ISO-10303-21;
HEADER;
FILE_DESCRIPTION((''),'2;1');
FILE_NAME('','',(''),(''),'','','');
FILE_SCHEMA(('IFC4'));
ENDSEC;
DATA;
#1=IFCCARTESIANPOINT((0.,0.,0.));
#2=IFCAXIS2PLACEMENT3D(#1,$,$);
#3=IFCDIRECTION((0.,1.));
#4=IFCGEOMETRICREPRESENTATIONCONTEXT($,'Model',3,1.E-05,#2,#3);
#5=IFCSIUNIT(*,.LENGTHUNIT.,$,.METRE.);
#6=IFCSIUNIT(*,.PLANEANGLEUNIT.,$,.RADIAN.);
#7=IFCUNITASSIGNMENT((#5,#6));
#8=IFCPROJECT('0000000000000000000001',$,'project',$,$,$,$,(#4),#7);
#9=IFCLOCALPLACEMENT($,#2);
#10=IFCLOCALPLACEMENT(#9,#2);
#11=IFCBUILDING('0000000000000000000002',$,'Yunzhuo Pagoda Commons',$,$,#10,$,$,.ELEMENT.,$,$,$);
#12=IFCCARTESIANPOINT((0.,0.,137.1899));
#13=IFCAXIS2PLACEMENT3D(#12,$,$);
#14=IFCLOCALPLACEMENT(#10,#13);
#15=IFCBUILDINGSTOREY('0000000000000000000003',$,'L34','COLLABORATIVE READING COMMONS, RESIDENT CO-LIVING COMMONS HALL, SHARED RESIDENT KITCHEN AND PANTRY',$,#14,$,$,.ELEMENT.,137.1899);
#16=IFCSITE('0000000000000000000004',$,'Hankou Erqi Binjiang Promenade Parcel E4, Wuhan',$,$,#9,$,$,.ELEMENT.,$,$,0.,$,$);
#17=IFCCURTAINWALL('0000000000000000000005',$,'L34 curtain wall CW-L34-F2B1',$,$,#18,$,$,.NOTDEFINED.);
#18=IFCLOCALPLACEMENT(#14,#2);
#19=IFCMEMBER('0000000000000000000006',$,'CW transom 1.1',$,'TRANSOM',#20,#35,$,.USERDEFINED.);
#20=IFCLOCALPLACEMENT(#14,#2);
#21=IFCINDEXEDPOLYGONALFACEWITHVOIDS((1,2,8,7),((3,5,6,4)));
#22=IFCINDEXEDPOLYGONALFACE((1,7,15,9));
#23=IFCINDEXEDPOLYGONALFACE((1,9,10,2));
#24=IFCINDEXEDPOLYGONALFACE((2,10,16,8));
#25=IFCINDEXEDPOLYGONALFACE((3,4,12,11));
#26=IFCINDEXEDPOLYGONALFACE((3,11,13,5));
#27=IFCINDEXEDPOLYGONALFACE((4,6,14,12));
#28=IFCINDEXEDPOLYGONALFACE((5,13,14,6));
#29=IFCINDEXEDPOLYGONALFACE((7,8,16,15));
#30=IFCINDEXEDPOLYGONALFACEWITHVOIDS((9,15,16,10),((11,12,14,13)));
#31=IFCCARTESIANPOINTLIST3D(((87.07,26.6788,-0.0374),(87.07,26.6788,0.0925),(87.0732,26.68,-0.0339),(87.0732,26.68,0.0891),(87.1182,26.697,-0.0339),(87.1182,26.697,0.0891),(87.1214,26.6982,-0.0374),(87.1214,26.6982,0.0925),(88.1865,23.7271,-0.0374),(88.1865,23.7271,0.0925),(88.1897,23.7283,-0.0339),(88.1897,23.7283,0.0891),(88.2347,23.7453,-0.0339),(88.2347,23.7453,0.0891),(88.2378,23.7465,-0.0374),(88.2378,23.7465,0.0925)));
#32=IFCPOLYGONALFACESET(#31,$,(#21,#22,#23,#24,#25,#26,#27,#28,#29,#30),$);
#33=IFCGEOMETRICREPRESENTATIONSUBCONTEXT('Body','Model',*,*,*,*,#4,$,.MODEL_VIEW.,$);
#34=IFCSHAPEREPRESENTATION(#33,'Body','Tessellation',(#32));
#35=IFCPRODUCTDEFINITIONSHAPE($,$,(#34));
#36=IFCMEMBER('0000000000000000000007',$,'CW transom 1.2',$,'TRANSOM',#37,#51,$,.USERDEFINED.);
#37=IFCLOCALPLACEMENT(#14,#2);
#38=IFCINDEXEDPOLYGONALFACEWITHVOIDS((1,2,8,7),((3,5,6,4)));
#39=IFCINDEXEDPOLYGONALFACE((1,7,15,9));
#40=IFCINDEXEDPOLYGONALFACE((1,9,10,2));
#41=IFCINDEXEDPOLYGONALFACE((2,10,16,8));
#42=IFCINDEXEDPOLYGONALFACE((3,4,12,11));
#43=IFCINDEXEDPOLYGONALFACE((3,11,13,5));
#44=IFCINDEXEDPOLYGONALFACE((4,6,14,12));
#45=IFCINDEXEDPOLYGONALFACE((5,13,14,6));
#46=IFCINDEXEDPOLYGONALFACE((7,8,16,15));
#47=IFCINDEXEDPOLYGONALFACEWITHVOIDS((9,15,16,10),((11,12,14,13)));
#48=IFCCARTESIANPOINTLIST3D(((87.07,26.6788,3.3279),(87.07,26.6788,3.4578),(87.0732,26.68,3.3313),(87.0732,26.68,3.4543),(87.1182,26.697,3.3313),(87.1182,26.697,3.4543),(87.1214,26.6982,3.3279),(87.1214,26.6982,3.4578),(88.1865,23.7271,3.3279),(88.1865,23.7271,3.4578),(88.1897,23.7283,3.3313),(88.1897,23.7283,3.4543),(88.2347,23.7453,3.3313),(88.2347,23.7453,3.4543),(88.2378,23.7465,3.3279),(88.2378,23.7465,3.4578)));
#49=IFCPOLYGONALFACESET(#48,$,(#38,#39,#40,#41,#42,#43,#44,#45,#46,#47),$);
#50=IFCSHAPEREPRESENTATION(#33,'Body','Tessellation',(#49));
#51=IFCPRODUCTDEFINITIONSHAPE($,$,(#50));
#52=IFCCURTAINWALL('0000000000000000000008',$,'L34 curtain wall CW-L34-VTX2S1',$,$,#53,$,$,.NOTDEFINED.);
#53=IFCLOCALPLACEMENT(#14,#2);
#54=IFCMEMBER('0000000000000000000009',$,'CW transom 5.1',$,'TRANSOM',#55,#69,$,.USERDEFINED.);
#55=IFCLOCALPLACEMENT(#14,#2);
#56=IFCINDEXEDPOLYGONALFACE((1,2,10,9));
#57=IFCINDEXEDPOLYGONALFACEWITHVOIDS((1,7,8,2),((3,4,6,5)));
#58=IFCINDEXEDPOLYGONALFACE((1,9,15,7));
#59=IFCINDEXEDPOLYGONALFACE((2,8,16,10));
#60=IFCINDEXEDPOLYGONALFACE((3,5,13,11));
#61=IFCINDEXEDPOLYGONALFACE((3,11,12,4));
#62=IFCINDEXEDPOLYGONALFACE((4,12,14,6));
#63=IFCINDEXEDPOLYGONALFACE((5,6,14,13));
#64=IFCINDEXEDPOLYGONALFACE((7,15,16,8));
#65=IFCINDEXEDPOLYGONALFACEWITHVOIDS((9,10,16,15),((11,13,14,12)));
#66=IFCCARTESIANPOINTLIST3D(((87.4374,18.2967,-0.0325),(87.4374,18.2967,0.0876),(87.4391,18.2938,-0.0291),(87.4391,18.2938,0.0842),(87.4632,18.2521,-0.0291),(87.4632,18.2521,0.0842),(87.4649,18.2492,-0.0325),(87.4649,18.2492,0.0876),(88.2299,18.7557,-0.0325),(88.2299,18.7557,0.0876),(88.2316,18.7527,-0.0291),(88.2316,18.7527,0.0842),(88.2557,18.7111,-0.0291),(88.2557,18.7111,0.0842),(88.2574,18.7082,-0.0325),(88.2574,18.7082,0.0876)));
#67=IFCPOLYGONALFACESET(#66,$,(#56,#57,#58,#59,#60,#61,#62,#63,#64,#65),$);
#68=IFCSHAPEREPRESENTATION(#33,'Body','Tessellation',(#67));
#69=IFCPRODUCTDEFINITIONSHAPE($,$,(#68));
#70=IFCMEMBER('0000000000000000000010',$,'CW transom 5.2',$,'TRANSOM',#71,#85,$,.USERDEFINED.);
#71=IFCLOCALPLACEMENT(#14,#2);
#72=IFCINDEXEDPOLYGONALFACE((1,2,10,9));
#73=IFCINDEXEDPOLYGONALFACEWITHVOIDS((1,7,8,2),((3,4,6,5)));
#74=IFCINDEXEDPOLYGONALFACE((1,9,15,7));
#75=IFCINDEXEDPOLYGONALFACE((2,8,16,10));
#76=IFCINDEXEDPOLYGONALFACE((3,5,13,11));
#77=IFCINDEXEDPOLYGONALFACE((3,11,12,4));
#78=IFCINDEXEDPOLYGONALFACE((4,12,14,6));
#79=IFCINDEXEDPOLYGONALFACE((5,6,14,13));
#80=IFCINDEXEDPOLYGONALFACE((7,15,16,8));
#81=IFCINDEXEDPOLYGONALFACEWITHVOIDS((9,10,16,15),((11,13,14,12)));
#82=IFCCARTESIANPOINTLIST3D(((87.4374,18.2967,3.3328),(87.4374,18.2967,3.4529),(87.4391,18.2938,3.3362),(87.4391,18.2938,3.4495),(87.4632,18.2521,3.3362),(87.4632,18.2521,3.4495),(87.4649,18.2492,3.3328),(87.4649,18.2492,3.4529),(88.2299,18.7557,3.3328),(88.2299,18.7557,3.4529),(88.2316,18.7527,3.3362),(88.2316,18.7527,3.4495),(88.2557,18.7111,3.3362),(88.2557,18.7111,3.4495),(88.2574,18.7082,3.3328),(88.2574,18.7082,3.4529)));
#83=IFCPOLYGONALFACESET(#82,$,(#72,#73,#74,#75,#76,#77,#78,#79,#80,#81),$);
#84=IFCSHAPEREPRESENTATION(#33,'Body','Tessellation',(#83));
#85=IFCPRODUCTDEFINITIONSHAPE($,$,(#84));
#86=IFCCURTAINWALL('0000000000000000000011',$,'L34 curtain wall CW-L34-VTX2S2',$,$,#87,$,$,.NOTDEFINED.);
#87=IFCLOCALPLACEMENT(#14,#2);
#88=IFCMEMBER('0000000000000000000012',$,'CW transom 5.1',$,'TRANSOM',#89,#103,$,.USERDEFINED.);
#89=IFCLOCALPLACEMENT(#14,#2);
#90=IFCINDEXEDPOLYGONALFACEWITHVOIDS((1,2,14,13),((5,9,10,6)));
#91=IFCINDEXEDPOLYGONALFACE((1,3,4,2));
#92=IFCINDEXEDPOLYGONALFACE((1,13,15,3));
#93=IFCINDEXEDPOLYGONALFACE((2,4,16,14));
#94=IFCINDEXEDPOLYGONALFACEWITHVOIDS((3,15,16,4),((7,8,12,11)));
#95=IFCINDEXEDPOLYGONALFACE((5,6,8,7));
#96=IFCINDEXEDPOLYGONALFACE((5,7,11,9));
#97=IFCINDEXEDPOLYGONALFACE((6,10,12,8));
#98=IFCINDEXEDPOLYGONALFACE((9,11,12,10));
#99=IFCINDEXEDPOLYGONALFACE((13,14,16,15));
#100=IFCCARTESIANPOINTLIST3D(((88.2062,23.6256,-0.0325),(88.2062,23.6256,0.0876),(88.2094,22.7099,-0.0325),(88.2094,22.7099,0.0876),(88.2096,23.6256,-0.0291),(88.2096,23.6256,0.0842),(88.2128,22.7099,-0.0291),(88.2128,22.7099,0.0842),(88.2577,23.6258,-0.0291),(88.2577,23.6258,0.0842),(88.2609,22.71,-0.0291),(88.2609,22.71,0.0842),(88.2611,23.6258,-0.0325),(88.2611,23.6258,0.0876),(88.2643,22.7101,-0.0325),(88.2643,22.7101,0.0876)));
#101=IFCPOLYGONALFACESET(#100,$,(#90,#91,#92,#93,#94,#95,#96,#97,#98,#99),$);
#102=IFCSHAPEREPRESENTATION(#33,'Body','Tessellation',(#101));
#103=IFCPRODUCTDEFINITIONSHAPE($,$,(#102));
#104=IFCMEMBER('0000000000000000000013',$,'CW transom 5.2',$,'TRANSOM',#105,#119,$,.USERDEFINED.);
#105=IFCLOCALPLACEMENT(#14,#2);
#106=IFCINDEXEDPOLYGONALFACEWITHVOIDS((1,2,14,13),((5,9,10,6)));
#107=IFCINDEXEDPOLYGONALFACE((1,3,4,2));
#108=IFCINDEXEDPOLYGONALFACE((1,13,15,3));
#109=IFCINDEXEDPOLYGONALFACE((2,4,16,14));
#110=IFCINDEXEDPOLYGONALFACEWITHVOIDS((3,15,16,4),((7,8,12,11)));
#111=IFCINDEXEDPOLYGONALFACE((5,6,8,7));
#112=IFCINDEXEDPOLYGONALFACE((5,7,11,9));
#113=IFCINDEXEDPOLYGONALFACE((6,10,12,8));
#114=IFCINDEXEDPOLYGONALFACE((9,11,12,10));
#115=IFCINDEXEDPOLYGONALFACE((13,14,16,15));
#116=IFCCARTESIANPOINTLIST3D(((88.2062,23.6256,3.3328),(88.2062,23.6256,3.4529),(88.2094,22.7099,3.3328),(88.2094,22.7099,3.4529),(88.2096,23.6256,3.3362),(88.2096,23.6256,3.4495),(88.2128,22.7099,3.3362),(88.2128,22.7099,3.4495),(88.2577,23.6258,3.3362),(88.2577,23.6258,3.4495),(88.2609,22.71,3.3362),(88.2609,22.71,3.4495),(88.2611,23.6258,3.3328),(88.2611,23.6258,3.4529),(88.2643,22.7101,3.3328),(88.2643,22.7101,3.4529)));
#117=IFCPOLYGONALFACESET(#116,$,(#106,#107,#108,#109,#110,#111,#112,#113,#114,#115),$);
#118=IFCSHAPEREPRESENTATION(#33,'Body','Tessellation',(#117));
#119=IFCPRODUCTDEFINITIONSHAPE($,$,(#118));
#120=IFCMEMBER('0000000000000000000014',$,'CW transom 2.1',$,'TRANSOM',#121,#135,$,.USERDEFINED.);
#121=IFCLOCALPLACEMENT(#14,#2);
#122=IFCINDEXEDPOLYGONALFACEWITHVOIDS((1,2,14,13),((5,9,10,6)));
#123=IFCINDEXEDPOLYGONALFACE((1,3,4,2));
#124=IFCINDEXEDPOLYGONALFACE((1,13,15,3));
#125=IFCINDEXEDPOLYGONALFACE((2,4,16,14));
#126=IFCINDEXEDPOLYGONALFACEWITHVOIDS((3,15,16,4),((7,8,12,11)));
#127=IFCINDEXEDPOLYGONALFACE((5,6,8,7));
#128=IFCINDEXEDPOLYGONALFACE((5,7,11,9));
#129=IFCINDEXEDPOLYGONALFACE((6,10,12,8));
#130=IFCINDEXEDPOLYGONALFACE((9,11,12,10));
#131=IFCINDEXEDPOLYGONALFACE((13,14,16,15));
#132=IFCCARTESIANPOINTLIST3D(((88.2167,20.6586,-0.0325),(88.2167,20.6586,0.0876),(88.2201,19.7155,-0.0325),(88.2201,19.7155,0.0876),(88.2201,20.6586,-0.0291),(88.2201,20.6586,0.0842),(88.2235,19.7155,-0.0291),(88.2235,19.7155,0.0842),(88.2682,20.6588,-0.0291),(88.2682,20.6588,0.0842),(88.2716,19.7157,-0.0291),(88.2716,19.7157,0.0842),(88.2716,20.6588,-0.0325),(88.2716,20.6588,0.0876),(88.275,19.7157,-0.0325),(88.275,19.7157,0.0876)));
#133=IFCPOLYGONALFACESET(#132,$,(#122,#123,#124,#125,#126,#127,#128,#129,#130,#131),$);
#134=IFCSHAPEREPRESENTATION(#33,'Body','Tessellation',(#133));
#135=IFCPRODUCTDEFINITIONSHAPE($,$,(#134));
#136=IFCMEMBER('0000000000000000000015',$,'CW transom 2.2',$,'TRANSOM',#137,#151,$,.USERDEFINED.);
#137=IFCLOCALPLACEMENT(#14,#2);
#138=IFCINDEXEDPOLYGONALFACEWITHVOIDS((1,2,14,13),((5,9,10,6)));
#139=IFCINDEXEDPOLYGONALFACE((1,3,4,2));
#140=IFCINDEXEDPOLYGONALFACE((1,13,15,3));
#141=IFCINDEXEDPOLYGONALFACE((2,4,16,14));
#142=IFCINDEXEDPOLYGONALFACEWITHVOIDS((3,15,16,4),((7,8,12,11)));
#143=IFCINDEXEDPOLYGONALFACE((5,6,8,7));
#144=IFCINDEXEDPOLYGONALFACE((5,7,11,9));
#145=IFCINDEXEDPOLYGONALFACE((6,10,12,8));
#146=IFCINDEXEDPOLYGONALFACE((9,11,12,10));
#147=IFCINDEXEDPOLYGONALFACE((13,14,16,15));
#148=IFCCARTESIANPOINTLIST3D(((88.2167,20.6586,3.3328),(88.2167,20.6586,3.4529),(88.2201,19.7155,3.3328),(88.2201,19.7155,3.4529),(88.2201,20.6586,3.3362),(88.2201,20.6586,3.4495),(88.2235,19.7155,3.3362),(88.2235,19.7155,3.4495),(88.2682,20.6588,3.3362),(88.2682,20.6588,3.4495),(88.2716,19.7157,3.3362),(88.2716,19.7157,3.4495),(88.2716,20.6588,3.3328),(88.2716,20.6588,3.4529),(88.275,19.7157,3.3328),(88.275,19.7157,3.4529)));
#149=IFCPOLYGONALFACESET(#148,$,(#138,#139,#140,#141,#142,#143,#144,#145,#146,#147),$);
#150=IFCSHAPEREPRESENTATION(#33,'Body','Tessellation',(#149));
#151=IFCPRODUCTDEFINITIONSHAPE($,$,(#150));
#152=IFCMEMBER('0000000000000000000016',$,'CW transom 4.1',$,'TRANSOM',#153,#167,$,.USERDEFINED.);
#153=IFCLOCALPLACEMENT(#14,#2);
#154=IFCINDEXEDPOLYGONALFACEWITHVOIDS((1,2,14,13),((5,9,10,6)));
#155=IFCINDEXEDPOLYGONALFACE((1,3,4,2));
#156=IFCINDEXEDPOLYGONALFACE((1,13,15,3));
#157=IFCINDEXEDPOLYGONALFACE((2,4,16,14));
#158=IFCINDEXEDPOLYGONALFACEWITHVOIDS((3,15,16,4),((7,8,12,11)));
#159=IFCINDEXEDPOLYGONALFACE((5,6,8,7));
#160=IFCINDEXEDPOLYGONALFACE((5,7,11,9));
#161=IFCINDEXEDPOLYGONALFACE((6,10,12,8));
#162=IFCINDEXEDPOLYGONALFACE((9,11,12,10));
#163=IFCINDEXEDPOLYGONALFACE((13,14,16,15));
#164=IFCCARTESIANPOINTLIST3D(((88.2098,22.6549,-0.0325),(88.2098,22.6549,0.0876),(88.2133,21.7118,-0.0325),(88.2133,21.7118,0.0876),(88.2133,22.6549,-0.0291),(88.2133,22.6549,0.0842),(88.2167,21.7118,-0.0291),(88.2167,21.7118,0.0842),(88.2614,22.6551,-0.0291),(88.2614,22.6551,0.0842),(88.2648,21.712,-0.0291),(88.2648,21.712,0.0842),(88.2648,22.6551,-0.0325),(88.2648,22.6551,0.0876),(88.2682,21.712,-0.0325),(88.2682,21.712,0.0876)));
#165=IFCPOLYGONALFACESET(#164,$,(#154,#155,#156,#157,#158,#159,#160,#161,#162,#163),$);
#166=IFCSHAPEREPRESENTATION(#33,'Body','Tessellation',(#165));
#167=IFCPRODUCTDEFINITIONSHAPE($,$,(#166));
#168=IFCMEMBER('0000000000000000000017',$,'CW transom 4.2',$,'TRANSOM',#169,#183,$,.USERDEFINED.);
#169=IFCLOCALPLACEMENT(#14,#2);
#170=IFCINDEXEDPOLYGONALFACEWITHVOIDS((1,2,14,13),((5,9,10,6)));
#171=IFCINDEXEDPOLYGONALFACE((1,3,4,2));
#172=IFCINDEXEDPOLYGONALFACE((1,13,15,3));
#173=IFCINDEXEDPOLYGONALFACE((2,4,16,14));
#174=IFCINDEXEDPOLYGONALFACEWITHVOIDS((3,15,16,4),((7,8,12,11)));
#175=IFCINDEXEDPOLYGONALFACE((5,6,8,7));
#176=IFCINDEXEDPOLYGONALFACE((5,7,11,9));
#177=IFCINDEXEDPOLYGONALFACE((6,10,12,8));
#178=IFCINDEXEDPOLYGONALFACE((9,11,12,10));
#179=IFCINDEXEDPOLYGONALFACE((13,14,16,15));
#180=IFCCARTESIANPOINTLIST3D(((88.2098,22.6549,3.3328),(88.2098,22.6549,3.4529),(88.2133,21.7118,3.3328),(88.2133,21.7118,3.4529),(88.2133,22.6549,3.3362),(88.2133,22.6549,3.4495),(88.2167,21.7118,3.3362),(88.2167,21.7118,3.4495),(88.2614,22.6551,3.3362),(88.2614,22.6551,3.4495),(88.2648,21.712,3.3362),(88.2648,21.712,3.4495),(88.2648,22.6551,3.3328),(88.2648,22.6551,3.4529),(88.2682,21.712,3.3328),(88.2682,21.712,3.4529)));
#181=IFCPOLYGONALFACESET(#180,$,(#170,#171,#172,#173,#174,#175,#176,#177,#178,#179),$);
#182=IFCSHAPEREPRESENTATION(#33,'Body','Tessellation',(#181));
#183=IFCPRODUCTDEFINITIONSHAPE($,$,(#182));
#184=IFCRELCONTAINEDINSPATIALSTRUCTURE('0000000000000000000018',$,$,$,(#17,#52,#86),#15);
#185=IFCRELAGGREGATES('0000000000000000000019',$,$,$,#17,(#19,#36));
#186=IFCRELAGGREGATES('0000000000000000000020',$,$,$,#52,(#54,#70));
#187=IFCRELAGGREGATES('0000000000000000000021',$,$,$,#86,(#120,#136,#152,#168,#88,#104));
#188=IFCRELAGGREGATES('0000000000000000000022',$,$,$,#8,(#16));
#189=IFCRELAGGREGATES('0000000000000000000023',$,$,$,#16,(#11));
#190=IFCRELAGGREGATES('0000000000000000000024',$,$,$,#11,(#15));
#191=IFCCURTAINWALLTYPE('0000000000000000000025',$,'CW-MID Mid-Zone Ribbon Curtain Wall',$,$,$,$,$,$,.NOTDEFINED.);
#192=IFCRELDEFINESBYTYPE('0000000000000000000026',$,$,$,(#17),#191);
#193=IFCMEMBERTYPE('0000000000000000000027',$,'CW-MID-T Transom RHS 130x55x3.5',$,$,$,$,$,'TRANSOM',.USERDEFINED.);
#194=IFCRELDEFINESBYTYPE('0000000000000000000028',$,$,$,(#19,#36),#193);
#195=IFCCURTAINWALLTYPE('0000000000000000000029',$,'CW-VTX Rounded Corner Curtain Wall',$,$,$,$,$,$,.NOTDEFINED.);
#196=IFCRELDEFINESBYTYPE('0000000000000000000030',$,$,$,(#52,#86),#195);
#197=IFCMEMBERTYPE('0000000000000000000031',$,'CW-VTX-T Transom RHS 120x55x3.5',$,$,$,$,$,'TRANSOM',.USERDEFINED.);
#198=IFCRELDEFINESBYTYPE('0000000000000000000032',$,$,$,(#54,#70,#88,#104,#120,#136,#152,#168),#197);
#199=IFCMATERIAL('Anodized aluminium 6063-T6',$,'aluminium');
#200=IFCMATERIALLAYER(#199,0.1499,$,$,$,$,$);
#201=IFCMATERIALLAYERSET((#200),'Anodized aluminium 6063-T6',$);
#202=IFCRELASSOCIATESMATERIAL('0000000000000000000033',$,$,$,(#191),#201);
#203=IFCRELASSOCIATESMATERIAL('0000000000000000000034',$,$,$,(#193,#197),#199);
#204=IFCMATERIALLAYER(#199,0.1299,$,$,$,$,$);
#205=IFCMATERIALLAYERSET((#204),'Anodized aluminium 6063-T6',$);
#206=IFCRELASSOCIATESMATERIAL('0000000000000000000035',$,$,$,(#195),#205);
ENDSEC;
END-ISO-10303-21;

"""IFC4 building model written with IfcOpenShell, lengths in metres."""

from ifc_helpers import new_model, si_unit, direction, frame, origin, origin_2d, place, context, subcontext, project, spatial, hollow_rectangle, extrude, source, transform, mapped, material, layer, layer_set, material_profile, profile_set, type_object, element, aggregate, save


model = new_model("IFC4")

# Units and contexts
model_context = context("Model", 3, precision=1e-05, world=origin(), true_north=direction((0.0, 1.0)))
body_context = subcontext(model_context, "Body", "Model", "MODEL_VIEW")
ifc_project = project(units=[si_unit("LENGTHUNIT", "METRE"), si_unit("PLANEANGLEUNIT", "RADIAN")], contexts=[model_context])

# Site, building, storey
site_placement = place(None, origin())
site = spatial("IfcSite", under=ifc_project, at=site_placement, Name="Hankou Erqi Binjiang Promenade Parcel E4, Wuhan", CompositionType="ELEMENT", RefElevation=0.0)
building_placement = place(site_placement, origin())
building = spatial("IfcBuilding", under=site, at=building_placement, Name="Yunzhuo Pagoda Commons", CompositionType="ELEMENT")
storey_placement = place(building_placement, frame((0.0, 0.0, 137.1899)))
storey = spatial("IfcBuildingStorey", under=building, at=storey_placement, Name="L34", Description="COLLABORATIVE READING COMMONS, RESIDENT CO-LIVING COMMONS HALL, SHARED RESIDENT KITCHEN AND PANTRY", CompositionType="ELEMENT", Elevation=137.1899)

# Curtain walls, members
ifc_material_1 = material(Name="Anodized aluminium 6063-T6", Category="aluminium")
ifc_layer_1 = layer(ifc_material_1, 0.1499)
ifc_layer_set_1 = layer_set([ifc_layer_1], Name="Anodized aluminium 6063-T6")
curtain_wall_type_1 = type_object("IfcCurtainWallType", Name="CW-MID Mid-Zone Ribbon Curtain Wall", PredefinedType="NOTDEFINED", material=ifc_layer_set_1)
curtain_wall_1_placement = place(storey_placement, origin())
curtain_wall_1 = element("IfcCurtainWall", 1, at=curtain_wall_1_placement, inside=storey, type_object=curtain_wall_type_1, Name="L34 curtain wall CW-L34-F2B1", PredefinedType="NOTDEFINED")
ifc_material_profile_1 = material_profile(ifc_material_1, hollow_rectangle(XDim=0.0549, YDim=0.1299, WallThickness=0.0034, at=origin_2d()), Name="Anodized aluminium 6063-T6")
ifc_profile_set_1 = profile_set([ifc_material_profile_1], Name="Anodized aluminium 6063-T6")
member_type_1 = type_object("IfcMemberType", Name="CW-MID-T Transom RHS 130x55x3.5", ElementType="TRANSOM", PredefinedType="USERDEFINED", material=ifc_profile_set_1)
shared_shape_1 = source(origin(), body_context, "Body", "SweptSolid", [
    extrude(hollow_rectangle(XDim=0.0549, YDim=0.1299, WallThickness=0.0034, at=origin_2d()), origin(), (0.0, 0.0, 1.0), 3.1558),
])
member_1_placement = place(storey_placement, frame((88.2122, 23.7368, 0.0276), z_axis=(-0.353784, 0.935327, 0.0), x_axis=(-0.935327, -0.353784, 0.0)))
member_1 = element("IfcMember", 2, at=member_1_placement, type_object=member_type_1, Name="CW transom 1.1", ObjectType="TRANSOM", PredefinedType="USERDEFINED", context=body_context, shape_type="MappedRepresentation", body=[
    mapped(shared_shape_1, transform((0.0, 0.0, 0.0), scale=1.0)),
])
member_2_placement = place(storey_placement, frame((88.2122, 23.7368, 3.3928), z_axis=(-0.353784, 0.935327, 0.0), x_axis=(-0.935327, -0.353784, 0.0)))
member_2 = element("IfcMember", 3, at=member_2_placement, type_object=member_type_1, Name="CW transom 1.2", ObjectType="TRANSOM", PredefinedType="USERDEFINED", context=body_context, shape_type="MappedRepresentation", body=[
    mapped(shared_shape_1, transform((0.0, 0.0, 0.0), scale=1.0)),
])
ifc_layer_2 = layer(ifc_material_1, 0.1299)
ifc_layer_set_2 = layer_set([ifc_layer_2], Name="Anodized aluminium 6063-T6")
curtain_wall_type_2 = type_object("IfcCurtainWallType", Name="CW-VTX Rounded Corner Curtain Wall", PredefinedType="NOTDEFINED", material=ifc_layer_set_2)
curtain_wall_2_placement = place(storey_placement, origin())
curtain_wall_2 = element("IfcCurtainWall", 4, at=curtain_wall_2_placement, inside=storey, type_object=curtain_wall_type_2, Name="L34 curtain wall CW-L34-VTX2S1", PredefinedType="NOTDEFINED")
ifc_material_profile_2 = material_profile(ifc_material_1, hollow_rectangle(XDim=0.0549, YDim=0.1201, WallThickness=0.0034, at=origin_2d()), Name="Anodized aluminium 6063-T6")
ifc_profile_set_2 = profile_set([ifc_material_profile_2], Name="Anodized aluminium 6063-T6")
member_type_2 = type_object("IfcMemberType", Name="CW-VTX-T Transom RHS 120x55x3.5", ElementType="TRANSOM", PredefinedType="USERDEFINED", material=ifc_profile_set_2)
shared_shape_2 = source(origin(), body_context, "Body", "SweptSolid", [
    extrude(hollow_rectangle(XDim=0.0549, YDim=0.1201, WallThickness=0.0034, at=origin_2d()), origin(), (0.0, 0.0, 1.0), 0.9158),
])
member_3_placement = place(storey_placement, frame((87.4512, 18.2729, 0.0276), z_axis=(0.865341, 0.501183, 0.0), x_axis=(-0.501183, 0.865341, 0.0)))
member_3 = element("IfcMember", 5, at=member_3_placement, type_object=member_type_2, Name="CW transom 5.1", ObjectType="TRANSOM", PredefinedType="USERDEFINED", context=body_context, shape_type="MappedRepresentation", body=[
    mapped(shared_shape_2, transform((0.0, 0.0, 0.0), scale=1.0)),
])
member_4_placement = place(storey_placement, frame((87.4512, 18.2729, 3.3928), z_axis=(0.865341, 0.501183, 0.0), x_axis=(-0.501183, 0.865341, 0.0)))
member_4 = element("IfcMember", 6, at=member_4_placement, type_object=member_type_2, Name="CW transom 5.2", ObjectType="TRANSOM", PredefinedType="USERDEFINED", context=body_context, shape_type="MappedRepresentation", body=[
    mapped(shared_shape_2, transform((0.0, 0.0, 0.0), scale=1.0)),
])
curtain_wall_3_placement = place(storey_placement, origin())
curtain_wall_3 = element("IfcCurtainWall", 7, at=curtain_wall_3_placement, inside=storey, type_object=curtain_wall_type_2, Name="L34 curtain wall CW-L34-VTX2S2", PredefinedType="NOTDEFINED")
member_5_placement = place(storey_placement, frame((88.2368, 22.71, 0.0276), z_axis=(-0.003466, 0.999994, 0.0), x_axis=(-0.999994, -0.003466, 0.0)))
member_5 = element("IfcMember", 8, at=member_5_placement, type_object=member_type_2, Name="CW transom 5.1", ObjectType="TRANSOM", PredefinedType="USERDEFINED", context=body_context, shape_type="MappedRepresentation", body=[
    mapped(shared_shape_2, transform((0.0, 0.0, 0.0), scale=1.0)),
])
member_6_placement = place(storey_placement, frame((88.2368, 22.71, 3.3928), z_axis=(-0.003466, 0.999994, 0.0), x_axis=(-0.999994, -0.003466, 0.0)))
member_6 = element("IfcMember", 9, at=member_6_placement, type_object=member_type_2, Name="CW transom 5.2", ObjectType="TRANSOM", PredefinedType="USERDEFINED", context=body_context, shape_type="MappedRepresentation", body=[
    mapped(shared_shape_2, transform((0.0, 0.0, 0.0), scale=1.0)),
])
shared_shape_3 = source(origin(), body_context, "Body", "SweptSolid", [
    extrude(hollow_rectangle(XDim=0.0549, YDim=0.1201, WallThickness=0.0034, at=origin_2d()), origin(), (0.0, 0.0, 1.0), 0.9431),
])
member_7_placement = place(storey_placement, frame((88.2476, 19.7156, 0.0276), z_axis=(-0.003624, 0.999993, 0.0), x_axis=(-0.999993, -0.003624, 0.0)))
member_7 = element("IfcMember", 10, at=member_7_placement, type_object=member_type_2, Name="CW transom 2.1", ObjectType="TRANSOM", PredefinedType="USERDEFINED", context=body_context, shape_type="MappedRepresentation", body=[
    mapped(shared_shape_3, transform((0.0, 0.0, 0.0), scale=1.0)),
])
member_8_placement = place(storey_placement, frame((88.2476, 19.7156, 3.3928), z_axis=(-0.003624, 0.999993, 0.0), x_axis=(-0.999993, -0.003624, 0.0)))
member_8 = element("IfcMember", 11, at=member_8_placement, type_object=member_type_2, Name="CW transom 2.2", ObjectType="TRANSOM", PredefinedType="USERDEFINED", context=body_context, shape_type="MappedRepresentation", body=[
    mapped(shared_shape_3, transform((0.0, 0.0, 0.0), scale=1.0)),
])
member_9_placement = place(storey_placement, frame((88.2407, 21.7119, 0.0276), z_axis=(-0.003624, 0.999993, 0.0), x_axis=(-0.999993, -0.003624, 0.0)))
member_9 = element("IfcMember", 12, at=member_9_placement, type_object=member_type_2, Name="CW transom 4.1", ObjectType="TRANSOM", PredefinedType="USERDEFINED", context=body_context, shape_type="MappedRepresentation", body=[
    mapped(shared_shape_3, transform((0.0, 0.0, 0.0), scale=1.0)),
])
member_10_placement = place(storey_placement, frame((88.2407, 21.7119, 3.3928), z_axis=(-0.003624, 0.999993, 0.0), x_axis=(-0.999993, -0.003624, 0.0)))
member_10 = element("IfcMember", 13, at=member_10_placement, type_object=member_type_2, Name="CW transom 4.2", ObjectType="TRANSOM", PredefinedType="USERDEFINED", context=body_context, shape_type="MappedRepresentation", body=[
    mapped(shared_shape_3, transform((0.0, 0.0, 0.0), scale=1.0)),
])

aggregate(curtain_wall_1, [member_1, member_2])
aggregate(curtain_wall_2, [member_3, member_4])
aggregate(curtain_wall_3, [member_7, member_8, member_9, member_10, member_5, member_6])

save(model, "model.ifc")
